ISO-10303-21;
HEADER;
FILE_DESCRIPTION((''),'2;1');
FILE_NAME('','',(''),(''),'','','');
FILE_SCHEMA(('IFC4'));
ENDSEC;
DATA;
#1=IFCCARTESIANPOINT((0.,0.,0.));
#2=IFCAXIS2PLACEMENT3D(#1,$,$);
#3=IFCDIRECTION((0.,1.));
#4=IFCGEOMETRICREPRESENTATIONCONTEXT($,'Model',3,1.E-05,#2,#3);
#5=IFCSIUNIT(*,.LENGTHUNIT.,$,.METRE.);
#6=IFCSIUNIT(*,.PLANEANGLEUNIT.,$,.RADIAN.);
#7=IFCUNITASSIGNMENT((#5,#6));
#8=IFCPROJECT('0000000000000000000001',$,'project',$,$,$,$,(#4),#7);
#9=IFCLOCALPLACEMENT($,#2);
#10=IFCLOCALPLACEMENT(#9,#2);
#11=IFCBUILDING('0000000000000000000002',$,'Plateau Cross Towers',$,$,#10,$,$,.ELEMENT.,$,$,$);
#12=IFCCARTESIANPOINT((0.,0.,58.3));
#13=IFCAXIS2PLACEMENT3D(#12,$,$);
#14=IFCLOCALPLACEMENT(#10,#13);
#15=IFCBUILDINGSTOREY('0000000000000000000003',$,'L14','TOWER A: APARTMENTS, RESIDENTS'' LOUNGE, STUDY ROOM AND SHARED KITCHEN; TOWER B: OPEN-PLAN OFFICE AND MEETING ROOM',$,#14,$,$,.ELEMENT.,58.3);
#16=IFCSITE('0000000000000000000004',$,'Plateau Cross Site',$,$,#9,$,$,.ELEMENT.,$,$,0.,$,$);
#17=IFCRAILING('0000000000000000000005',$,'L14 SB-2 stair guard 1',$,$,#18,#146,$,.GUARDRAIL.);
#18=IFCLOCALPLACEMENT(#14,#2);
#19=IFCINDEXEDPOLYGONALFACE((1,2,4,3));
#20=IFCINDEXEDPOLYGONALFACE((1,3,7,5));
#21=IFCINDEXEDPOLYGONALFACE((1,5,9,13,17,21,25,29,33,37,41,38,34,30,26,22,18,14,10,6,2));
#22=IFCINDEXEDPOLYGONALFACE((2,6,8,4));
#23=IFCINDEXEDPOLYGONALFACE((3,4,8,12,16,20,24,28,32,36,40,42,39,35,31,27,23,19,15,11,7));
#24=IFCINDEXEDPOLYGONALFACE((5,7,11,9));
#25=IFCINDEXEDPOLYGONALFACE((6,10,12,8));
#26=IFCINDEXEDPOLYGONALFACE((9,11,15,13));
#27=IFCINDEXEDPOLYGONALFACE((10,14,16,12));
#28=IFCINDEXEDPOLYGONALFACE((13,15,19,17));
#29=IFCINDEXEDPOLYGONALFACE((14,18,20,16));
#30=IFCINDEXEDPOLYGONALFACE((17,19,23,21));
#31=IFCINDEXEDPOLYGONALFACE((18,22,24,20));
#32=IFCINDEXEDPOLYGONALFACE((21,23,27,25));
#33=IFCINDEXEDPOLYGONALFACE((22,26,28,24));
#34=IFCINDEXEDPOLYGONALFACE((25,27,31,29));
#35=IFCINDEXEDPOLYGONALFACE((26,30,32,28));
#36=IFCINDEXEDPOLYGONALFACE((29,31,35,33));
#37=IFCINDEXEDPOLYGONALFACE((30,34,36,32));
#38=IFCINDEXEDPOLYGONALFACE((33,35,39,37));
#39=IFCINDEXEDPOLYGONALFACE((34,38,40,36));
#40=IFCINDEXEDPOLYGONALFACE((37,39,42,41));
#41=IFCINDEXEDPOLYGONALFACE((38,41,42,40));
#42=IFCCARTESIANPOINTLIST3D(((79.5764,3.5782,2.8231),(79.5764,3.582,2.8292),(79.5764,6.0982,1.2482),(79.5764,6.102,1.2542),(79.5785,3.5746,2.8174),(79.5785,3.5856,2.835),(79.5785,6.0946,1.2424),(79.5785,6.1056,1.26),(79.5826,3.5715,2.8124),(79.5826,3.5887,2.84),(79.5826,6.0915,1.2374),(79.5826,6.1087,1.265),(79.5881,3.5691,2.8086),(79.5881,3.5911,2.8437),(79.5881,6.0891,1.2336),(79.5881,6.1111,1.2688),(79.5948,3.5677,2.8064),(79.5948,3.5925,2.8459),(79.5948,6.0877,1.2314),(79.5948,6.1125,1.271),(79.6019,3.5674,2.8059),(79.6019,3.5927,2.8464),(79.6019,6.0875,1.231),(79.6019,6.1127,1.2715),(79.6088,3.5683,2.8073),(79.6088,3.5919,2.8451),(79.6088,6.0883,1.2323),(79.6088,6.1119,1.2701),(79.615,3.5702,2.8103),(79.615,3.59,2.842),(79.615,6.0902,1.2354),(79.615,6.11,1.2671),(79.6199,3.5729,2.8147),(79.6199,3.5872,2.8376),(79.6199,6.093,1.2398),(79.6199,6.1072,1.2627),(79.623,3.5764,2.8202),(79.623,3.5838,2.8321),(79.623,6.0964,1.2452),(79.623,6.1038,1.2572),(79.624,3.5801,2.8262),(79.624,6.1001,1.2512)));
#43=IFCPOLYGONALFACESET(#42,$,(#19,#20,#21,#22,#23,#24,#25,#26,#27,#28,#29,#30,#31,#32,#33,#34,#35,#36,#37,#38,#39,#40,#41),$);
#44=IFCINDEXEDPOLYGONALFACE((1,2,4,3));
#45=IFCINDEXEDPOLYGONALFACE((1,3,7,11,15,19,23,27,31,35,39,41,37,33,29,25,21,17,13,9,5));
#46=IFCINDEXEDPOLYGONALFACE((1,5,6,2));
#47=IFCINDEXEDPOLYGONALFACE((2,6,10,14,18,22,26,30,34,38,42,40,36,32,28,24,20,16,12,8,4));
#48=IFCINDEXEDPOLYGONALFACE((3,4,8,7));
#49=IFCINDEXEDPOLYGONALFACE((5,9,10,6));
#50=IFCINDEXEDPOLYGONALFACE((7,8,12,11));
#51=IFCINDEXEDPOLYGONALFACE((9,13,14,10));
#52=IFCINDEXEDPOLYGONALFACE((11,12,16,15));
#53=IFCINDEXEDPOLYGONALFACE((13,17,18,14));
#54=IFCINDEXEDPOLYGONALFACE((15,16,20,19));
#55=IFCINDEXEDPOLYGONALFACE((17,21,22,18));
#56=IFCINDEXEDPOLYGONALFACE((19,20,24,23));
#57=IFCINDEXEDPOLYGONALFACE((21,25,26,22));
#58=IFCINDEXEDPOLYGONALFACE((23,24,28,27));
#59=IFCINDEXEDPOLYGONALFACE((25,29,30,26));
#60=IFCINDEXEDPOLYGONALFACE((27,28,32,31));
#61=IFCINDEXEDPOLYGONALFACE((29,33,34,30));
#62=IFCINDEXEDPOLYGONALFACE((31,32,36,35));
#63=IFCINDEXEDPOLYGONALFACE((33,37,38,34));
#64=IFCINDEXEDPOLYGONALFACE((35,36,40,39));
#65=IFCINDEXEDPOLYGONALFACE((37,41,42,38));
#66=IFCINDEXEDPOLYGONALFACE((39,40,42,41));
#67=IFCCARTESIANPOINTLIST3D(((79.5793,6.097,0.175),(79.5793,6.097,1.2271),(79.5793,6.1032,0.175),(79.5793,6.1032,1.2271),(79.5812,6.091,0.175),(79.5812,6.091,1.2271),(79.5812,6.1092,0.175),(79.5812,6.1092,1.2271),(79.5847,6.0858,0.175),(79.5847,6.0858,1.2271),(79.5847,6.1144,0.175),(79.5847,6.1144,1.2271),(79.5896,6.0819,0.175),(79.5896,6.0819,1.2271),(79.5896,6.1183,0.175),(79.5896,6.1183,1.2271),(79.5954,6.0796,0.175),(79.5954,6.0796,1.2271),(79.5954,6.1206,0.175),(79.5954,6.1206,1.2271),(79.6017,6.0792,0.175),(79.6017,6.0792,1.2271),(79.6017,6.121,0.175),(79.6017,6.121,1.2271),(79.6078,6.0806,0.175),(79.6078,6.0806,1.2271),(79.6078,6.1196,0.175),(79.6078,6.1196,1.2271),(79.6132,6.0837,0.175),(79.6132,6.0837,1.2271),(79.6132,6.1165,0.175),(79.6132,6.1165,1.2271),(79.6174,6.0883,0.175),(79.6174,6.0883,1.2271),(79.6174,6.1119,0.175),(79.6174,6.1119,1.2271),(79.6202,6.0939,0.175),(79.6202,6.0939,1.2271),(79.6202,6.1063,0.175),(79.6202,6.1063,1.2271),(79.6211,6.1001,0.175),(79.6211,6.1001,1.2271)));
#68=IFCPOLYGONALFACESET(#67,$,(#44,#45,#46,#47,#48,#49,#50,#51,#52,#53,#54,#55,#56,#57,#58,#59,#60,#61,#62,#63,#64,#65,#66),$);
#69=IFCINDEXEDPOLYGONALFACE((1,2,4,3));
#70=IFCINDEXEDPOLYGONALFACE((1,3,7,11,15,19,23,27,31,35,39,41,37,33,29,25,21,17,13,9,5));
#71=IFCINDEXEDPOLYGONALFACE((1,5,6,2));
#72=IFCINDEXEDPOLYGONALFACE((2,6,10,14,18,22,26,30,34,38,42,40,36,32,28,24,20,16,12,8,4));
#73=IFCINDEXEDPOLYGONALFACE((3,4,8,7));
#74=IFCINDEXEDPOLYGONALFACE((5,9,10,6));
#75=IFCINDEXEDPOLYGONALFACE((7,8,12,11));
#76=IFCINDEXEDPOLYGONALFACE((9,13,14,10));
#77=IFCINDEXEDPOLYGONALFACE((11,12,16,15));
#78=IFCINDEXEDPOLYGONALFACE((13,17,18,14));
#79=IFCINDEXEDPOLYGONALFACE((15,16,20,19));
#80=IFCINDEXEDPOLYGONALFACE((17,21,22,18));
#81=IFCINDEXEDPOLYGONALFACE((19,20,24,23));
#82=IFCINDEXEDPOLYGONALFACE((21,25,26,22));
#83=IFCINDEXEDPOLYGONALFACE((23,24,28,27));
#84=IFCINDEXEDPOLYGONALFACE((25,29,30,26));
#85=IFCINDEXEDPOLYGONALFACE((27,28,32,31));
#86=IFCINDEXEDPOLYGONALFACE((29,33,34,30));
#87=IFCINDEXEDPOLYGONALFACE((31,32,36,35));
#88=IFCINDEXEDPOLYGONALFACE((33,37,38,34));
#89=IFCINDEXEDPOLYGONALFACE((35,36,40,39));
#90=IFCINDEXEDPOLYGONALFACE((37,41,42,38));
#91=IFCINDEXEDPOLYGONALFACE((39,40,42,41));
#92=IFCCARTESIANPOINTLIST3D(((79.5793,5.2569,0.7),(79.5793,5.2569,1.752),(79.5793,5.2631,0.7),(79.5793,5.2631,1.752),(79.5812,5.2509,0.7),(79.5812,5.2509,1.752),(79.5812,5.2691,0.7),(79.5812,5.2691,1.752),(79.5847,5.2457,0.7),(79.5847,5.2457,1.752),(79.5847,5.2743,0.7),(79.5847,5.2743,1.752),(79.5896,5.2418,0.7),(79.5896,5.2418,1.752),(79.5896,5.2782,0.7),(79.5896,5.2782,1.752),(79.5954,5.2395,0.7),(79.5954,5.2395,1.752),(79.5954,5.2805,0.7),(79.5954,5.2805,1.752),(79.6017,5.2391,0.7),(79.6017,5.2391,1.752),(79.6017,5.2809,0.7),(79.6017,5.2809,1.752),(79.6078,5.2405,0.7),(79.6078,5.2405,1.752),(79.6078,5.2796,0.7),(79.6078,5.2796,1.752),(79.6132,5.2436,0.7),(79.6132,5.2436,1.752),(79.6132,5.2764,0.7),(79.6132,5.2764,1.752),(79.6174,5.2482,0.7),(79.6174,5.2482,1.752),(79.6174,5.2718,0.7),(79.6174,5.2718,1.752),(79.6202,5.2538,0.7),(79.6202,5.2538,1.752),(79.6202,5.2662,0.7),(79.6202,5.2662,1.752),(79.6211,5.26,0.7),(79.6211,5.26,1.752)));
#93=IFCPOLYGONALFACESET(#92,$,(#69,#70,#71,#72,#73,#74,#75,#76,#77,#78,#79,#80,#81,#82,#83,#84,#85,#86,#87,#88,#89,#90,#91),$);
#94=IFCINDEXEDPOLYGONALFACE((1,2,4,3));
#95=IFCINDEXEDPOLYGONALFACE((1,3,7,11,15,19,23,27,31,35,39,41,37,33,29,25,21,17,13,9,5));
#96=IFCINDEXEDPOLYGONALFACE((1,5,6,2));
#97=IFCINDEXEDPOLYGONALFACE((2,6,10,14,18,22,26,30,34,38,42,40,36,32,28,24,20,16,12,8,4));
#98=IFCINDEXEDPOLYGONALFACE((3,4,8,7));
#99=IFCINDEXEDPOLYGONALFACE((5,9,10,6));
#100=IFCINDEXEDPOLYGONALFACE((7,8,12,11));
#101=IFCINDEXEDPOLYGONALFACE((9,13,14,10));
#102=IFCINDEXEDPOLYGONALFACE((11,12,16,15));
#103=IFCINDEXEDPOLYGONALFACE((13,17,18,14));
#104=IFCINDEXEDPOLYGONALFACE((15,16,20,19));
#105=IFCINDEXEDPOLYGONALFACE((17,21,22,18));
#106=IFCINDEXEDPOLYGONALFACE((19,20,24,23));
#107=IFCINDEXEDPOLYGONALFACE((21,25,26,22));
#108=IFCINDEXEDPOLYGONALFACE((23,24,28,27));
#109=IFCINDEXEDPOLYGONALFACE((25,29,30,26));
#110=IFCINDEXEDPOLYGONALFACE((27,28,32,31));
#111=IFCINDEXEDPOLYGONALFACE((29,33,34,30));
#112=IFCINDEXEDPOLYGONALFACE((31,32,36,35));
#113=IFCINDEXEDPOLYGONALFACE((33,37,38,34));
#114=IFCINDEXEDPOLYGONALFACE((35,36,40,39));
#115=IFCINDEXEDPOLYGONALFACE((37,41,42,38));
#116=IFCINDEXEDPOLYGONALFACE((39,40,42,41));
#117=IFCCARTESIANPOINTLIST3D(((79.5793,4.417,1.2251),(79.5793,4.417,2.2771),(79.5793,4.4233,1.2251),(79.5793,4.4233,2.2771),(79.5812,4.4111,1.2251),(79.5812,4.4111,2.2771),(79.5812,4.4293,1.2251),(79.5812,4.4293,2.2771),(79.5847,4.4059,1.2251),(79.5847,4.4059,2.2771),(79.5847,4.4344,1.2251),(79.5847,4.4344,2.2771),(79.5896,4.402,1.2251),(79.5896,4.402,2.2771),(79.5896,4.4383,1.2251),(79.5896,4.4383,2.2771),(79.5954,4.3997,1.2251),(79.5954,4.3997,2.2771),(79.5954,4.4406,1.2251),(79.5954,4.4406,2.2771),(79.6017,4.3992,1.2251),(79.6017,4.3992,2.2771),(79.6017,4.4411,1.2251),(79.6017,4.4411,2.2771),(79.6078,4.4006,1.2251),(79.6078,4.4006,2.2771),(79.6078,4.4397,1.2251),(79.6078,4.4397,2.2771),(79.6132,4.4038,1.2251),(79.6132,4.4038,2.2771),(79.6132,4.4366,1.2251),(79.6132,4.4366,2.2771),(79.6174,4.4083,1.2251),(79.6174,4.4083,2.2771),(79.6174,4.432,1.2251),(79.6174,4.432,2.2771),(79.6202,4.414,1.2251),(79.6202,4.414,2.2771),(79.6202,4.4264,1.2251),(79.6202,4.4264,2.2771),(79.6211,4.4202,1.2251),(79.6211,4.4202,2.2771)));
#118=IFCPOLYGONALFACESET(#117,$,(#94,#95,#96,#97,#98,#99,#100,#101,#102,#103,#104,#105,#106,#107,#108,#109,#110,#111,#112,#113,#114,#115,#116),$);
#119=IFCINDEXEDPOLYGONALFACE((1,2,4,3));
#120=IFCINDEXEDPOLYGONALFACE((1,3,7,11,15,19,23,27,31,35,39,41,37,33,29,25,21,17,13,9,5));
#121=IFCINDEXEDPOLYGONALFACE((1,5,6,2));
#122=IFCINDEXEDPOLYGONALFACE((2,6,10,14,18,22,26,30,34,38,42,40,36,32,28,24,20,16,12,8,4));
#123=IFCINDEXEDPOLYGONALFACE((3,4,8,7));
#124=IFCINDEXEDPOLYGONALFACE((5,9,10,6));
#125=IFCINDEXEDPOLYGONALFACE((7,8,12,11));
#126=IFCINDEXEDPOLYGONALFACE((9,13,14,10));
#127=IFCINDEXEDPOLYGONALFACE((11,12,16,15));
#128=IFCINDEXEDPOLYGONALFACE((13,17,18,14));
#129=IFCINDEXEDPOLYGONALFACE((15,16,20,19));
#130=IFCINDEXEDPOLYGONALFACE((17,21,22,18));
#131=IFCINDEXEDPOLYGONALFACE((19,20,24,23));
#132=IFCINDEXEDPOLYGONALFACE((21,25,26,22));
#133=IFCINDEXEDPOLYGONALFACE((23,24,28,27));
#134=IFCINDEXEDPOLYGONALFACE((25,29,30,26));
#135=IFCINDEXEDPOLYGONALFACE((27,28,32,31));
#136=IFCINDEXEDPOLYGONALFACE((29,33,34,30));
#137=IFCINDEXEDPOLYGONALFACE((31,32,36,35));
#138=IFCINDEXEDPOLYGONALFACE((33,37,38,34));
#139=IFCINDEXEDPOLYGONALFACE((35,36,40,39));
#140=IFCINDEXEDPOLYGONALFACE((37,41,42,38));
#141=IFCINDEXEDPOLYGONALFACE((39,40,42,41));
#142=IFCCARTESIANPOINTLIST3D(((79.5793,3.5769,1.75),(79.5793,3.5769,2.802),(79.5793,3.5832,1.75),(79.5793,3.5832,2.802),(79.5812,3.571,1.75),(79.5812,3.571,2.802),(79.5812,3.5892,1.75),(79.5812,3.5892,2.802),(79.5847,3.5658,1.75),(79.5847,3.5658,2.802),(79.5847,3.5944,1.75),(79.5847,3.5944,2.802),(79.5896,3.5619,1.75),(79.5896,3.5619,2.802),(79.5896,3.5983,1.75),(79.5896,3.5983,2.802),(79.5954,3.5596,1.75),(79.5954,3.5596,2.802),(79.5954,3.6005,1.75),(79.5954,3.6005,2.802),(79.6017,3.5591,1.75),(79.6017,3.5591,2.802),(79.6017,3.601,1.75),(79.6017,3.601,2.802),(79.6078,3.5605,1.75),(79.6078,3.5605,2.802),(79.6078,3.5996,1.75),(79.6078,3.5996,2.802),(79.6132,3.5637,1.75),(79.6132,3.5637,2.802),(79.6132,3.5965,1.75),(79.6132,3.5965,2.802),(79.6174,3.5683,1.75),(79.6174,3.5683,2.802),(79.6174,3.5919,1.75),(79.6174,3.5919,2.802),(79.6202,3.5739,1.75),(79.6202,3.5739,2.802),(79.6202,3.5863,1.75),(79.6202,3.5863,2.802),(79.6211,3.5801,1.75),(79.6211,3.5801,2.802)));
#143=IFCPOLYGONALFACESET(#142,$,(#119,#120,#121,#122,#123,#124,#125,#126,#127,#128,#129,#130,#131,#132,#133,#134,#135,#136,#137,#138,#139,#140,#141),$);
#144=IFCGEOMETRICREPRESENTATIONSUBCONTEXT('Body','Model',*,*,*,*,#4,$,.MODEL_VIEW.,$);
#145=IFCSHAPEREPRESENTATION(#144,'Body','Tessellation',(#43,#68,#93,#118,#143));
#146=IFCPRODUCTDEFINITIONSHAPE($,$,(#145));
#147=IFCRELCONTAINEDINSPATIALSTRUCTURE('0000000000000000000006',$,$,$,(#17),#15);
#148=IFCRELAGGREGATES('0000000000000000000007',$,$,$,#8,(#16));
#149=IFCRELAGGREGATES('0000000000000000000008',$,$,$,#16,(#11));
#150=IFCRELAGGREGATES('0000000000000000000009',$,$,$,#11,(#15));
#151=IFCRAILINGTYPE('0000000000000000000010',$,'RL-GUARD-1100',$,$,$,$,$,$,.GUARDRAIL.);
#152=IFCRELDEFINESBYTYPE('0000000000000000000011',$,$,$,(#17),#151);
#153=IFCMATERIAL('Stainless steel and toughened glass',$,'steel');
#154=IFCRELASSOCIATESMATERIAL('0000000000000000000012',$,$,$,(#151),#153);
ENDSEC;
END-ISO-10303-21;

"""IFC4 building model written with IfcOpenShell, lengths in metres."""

from ifc_helpers import new_model, si_unit, direction, frame, origin, origin_2d, place, context, subcontext, project, spatial, circle, extrude, material, type_object, element, save


model = new_model("IFC4")

# Units and contexts
model_context = context("Model", 3, precision=1e-05, world=origin(), true_north=direction((0.0, 1.0)))
body_context = subcontext(model_context, "Body", "Model", "MODEL_VIEW")
ifc_project = project(units=[si_unit("LENGTHUNIT", "METRE"), si_unit("PLANEANGLEUNIT", "RADIAN")], contexts=[model_context])

# Site, building, storey
site_placement = place(None, origin())
site = spatial("IfcSite", under=ifc_project, at=site_placement, Name="Plateau Cross Site", CompositionType="ELEMENT", RefElevation=0.0)
building_placement = place(site_placement, origin())
building = spatial("IfcBuilding", under=site, at=building_placement, Name="Plateau Cross Towers", CompositionType="ELEMENT")
storey_placement = place(building_placement, frame((0.0, 0.0, 58.3)))
storey = spatial("IfcBuildingStorey", under=building, at=storey_placement, Name="L14", Description="TOWER A: APARTMENTS, RESIDENTS' LOUNGE, STUDY ROOM AND SHARED KITCHEN; TOWER B: OPEN-PLAN OFFICE AND MEETING ROOM", CompositionType="ELEMENT", Elevation=58.3)

# Railing
ifc_material_1 = material(Name="Stainless steel and toughened glass", Category="steel")
railing_type = type_object("IfcRailingType", Name="RL-GUARD-1100", PredefinedType="GUARDRAIL", material=ifc_material_1)
railing_1_placement = place(storey_placement, frame((79.6001, 6.1001, 0.175)))
element("IfcRailing", 1, at=railing_1_placement, inside=storey, type_object=railing_type, Name="L14 SB-2 stair guard 1", PredefinedType="GUARDRAIL", context=body_context, shape_type="SweptSolid", body=[
    extrude(circle(Radius=0.0239, at=origin_2d()), frame((0.0, 0.0, 1.0762), z_axis=(0.0, -0.848008, 0.529984), x_axis=(1.0, 0.0, 0.0)), (0.0, 0.0, 1.0), 2.9717),
    extrude(circle(Radius=0.021, at=origin_2d()), origin(), (0.0, 0.0, 1.0), 1.052),
    extrude(circle(Radius=0.021, at=origin_2d()), frame((0.0, -0.8401, 0.5249)), (0.0, 0.0, 1.0), 1.052),
    extrude(circle(Radius=0.021, at=origin_2d()), frame((0.0, -1.6799, 1.05)), (0.0, 0.0, 1.0), 1.052),
    extrude(circle(Radius=0.021, at=origin_2d()), frame((0.0, -2.52, 1.575)), (0.0, 0.0, 1.0), 1.052),
])

save(model, "model.ifc")
